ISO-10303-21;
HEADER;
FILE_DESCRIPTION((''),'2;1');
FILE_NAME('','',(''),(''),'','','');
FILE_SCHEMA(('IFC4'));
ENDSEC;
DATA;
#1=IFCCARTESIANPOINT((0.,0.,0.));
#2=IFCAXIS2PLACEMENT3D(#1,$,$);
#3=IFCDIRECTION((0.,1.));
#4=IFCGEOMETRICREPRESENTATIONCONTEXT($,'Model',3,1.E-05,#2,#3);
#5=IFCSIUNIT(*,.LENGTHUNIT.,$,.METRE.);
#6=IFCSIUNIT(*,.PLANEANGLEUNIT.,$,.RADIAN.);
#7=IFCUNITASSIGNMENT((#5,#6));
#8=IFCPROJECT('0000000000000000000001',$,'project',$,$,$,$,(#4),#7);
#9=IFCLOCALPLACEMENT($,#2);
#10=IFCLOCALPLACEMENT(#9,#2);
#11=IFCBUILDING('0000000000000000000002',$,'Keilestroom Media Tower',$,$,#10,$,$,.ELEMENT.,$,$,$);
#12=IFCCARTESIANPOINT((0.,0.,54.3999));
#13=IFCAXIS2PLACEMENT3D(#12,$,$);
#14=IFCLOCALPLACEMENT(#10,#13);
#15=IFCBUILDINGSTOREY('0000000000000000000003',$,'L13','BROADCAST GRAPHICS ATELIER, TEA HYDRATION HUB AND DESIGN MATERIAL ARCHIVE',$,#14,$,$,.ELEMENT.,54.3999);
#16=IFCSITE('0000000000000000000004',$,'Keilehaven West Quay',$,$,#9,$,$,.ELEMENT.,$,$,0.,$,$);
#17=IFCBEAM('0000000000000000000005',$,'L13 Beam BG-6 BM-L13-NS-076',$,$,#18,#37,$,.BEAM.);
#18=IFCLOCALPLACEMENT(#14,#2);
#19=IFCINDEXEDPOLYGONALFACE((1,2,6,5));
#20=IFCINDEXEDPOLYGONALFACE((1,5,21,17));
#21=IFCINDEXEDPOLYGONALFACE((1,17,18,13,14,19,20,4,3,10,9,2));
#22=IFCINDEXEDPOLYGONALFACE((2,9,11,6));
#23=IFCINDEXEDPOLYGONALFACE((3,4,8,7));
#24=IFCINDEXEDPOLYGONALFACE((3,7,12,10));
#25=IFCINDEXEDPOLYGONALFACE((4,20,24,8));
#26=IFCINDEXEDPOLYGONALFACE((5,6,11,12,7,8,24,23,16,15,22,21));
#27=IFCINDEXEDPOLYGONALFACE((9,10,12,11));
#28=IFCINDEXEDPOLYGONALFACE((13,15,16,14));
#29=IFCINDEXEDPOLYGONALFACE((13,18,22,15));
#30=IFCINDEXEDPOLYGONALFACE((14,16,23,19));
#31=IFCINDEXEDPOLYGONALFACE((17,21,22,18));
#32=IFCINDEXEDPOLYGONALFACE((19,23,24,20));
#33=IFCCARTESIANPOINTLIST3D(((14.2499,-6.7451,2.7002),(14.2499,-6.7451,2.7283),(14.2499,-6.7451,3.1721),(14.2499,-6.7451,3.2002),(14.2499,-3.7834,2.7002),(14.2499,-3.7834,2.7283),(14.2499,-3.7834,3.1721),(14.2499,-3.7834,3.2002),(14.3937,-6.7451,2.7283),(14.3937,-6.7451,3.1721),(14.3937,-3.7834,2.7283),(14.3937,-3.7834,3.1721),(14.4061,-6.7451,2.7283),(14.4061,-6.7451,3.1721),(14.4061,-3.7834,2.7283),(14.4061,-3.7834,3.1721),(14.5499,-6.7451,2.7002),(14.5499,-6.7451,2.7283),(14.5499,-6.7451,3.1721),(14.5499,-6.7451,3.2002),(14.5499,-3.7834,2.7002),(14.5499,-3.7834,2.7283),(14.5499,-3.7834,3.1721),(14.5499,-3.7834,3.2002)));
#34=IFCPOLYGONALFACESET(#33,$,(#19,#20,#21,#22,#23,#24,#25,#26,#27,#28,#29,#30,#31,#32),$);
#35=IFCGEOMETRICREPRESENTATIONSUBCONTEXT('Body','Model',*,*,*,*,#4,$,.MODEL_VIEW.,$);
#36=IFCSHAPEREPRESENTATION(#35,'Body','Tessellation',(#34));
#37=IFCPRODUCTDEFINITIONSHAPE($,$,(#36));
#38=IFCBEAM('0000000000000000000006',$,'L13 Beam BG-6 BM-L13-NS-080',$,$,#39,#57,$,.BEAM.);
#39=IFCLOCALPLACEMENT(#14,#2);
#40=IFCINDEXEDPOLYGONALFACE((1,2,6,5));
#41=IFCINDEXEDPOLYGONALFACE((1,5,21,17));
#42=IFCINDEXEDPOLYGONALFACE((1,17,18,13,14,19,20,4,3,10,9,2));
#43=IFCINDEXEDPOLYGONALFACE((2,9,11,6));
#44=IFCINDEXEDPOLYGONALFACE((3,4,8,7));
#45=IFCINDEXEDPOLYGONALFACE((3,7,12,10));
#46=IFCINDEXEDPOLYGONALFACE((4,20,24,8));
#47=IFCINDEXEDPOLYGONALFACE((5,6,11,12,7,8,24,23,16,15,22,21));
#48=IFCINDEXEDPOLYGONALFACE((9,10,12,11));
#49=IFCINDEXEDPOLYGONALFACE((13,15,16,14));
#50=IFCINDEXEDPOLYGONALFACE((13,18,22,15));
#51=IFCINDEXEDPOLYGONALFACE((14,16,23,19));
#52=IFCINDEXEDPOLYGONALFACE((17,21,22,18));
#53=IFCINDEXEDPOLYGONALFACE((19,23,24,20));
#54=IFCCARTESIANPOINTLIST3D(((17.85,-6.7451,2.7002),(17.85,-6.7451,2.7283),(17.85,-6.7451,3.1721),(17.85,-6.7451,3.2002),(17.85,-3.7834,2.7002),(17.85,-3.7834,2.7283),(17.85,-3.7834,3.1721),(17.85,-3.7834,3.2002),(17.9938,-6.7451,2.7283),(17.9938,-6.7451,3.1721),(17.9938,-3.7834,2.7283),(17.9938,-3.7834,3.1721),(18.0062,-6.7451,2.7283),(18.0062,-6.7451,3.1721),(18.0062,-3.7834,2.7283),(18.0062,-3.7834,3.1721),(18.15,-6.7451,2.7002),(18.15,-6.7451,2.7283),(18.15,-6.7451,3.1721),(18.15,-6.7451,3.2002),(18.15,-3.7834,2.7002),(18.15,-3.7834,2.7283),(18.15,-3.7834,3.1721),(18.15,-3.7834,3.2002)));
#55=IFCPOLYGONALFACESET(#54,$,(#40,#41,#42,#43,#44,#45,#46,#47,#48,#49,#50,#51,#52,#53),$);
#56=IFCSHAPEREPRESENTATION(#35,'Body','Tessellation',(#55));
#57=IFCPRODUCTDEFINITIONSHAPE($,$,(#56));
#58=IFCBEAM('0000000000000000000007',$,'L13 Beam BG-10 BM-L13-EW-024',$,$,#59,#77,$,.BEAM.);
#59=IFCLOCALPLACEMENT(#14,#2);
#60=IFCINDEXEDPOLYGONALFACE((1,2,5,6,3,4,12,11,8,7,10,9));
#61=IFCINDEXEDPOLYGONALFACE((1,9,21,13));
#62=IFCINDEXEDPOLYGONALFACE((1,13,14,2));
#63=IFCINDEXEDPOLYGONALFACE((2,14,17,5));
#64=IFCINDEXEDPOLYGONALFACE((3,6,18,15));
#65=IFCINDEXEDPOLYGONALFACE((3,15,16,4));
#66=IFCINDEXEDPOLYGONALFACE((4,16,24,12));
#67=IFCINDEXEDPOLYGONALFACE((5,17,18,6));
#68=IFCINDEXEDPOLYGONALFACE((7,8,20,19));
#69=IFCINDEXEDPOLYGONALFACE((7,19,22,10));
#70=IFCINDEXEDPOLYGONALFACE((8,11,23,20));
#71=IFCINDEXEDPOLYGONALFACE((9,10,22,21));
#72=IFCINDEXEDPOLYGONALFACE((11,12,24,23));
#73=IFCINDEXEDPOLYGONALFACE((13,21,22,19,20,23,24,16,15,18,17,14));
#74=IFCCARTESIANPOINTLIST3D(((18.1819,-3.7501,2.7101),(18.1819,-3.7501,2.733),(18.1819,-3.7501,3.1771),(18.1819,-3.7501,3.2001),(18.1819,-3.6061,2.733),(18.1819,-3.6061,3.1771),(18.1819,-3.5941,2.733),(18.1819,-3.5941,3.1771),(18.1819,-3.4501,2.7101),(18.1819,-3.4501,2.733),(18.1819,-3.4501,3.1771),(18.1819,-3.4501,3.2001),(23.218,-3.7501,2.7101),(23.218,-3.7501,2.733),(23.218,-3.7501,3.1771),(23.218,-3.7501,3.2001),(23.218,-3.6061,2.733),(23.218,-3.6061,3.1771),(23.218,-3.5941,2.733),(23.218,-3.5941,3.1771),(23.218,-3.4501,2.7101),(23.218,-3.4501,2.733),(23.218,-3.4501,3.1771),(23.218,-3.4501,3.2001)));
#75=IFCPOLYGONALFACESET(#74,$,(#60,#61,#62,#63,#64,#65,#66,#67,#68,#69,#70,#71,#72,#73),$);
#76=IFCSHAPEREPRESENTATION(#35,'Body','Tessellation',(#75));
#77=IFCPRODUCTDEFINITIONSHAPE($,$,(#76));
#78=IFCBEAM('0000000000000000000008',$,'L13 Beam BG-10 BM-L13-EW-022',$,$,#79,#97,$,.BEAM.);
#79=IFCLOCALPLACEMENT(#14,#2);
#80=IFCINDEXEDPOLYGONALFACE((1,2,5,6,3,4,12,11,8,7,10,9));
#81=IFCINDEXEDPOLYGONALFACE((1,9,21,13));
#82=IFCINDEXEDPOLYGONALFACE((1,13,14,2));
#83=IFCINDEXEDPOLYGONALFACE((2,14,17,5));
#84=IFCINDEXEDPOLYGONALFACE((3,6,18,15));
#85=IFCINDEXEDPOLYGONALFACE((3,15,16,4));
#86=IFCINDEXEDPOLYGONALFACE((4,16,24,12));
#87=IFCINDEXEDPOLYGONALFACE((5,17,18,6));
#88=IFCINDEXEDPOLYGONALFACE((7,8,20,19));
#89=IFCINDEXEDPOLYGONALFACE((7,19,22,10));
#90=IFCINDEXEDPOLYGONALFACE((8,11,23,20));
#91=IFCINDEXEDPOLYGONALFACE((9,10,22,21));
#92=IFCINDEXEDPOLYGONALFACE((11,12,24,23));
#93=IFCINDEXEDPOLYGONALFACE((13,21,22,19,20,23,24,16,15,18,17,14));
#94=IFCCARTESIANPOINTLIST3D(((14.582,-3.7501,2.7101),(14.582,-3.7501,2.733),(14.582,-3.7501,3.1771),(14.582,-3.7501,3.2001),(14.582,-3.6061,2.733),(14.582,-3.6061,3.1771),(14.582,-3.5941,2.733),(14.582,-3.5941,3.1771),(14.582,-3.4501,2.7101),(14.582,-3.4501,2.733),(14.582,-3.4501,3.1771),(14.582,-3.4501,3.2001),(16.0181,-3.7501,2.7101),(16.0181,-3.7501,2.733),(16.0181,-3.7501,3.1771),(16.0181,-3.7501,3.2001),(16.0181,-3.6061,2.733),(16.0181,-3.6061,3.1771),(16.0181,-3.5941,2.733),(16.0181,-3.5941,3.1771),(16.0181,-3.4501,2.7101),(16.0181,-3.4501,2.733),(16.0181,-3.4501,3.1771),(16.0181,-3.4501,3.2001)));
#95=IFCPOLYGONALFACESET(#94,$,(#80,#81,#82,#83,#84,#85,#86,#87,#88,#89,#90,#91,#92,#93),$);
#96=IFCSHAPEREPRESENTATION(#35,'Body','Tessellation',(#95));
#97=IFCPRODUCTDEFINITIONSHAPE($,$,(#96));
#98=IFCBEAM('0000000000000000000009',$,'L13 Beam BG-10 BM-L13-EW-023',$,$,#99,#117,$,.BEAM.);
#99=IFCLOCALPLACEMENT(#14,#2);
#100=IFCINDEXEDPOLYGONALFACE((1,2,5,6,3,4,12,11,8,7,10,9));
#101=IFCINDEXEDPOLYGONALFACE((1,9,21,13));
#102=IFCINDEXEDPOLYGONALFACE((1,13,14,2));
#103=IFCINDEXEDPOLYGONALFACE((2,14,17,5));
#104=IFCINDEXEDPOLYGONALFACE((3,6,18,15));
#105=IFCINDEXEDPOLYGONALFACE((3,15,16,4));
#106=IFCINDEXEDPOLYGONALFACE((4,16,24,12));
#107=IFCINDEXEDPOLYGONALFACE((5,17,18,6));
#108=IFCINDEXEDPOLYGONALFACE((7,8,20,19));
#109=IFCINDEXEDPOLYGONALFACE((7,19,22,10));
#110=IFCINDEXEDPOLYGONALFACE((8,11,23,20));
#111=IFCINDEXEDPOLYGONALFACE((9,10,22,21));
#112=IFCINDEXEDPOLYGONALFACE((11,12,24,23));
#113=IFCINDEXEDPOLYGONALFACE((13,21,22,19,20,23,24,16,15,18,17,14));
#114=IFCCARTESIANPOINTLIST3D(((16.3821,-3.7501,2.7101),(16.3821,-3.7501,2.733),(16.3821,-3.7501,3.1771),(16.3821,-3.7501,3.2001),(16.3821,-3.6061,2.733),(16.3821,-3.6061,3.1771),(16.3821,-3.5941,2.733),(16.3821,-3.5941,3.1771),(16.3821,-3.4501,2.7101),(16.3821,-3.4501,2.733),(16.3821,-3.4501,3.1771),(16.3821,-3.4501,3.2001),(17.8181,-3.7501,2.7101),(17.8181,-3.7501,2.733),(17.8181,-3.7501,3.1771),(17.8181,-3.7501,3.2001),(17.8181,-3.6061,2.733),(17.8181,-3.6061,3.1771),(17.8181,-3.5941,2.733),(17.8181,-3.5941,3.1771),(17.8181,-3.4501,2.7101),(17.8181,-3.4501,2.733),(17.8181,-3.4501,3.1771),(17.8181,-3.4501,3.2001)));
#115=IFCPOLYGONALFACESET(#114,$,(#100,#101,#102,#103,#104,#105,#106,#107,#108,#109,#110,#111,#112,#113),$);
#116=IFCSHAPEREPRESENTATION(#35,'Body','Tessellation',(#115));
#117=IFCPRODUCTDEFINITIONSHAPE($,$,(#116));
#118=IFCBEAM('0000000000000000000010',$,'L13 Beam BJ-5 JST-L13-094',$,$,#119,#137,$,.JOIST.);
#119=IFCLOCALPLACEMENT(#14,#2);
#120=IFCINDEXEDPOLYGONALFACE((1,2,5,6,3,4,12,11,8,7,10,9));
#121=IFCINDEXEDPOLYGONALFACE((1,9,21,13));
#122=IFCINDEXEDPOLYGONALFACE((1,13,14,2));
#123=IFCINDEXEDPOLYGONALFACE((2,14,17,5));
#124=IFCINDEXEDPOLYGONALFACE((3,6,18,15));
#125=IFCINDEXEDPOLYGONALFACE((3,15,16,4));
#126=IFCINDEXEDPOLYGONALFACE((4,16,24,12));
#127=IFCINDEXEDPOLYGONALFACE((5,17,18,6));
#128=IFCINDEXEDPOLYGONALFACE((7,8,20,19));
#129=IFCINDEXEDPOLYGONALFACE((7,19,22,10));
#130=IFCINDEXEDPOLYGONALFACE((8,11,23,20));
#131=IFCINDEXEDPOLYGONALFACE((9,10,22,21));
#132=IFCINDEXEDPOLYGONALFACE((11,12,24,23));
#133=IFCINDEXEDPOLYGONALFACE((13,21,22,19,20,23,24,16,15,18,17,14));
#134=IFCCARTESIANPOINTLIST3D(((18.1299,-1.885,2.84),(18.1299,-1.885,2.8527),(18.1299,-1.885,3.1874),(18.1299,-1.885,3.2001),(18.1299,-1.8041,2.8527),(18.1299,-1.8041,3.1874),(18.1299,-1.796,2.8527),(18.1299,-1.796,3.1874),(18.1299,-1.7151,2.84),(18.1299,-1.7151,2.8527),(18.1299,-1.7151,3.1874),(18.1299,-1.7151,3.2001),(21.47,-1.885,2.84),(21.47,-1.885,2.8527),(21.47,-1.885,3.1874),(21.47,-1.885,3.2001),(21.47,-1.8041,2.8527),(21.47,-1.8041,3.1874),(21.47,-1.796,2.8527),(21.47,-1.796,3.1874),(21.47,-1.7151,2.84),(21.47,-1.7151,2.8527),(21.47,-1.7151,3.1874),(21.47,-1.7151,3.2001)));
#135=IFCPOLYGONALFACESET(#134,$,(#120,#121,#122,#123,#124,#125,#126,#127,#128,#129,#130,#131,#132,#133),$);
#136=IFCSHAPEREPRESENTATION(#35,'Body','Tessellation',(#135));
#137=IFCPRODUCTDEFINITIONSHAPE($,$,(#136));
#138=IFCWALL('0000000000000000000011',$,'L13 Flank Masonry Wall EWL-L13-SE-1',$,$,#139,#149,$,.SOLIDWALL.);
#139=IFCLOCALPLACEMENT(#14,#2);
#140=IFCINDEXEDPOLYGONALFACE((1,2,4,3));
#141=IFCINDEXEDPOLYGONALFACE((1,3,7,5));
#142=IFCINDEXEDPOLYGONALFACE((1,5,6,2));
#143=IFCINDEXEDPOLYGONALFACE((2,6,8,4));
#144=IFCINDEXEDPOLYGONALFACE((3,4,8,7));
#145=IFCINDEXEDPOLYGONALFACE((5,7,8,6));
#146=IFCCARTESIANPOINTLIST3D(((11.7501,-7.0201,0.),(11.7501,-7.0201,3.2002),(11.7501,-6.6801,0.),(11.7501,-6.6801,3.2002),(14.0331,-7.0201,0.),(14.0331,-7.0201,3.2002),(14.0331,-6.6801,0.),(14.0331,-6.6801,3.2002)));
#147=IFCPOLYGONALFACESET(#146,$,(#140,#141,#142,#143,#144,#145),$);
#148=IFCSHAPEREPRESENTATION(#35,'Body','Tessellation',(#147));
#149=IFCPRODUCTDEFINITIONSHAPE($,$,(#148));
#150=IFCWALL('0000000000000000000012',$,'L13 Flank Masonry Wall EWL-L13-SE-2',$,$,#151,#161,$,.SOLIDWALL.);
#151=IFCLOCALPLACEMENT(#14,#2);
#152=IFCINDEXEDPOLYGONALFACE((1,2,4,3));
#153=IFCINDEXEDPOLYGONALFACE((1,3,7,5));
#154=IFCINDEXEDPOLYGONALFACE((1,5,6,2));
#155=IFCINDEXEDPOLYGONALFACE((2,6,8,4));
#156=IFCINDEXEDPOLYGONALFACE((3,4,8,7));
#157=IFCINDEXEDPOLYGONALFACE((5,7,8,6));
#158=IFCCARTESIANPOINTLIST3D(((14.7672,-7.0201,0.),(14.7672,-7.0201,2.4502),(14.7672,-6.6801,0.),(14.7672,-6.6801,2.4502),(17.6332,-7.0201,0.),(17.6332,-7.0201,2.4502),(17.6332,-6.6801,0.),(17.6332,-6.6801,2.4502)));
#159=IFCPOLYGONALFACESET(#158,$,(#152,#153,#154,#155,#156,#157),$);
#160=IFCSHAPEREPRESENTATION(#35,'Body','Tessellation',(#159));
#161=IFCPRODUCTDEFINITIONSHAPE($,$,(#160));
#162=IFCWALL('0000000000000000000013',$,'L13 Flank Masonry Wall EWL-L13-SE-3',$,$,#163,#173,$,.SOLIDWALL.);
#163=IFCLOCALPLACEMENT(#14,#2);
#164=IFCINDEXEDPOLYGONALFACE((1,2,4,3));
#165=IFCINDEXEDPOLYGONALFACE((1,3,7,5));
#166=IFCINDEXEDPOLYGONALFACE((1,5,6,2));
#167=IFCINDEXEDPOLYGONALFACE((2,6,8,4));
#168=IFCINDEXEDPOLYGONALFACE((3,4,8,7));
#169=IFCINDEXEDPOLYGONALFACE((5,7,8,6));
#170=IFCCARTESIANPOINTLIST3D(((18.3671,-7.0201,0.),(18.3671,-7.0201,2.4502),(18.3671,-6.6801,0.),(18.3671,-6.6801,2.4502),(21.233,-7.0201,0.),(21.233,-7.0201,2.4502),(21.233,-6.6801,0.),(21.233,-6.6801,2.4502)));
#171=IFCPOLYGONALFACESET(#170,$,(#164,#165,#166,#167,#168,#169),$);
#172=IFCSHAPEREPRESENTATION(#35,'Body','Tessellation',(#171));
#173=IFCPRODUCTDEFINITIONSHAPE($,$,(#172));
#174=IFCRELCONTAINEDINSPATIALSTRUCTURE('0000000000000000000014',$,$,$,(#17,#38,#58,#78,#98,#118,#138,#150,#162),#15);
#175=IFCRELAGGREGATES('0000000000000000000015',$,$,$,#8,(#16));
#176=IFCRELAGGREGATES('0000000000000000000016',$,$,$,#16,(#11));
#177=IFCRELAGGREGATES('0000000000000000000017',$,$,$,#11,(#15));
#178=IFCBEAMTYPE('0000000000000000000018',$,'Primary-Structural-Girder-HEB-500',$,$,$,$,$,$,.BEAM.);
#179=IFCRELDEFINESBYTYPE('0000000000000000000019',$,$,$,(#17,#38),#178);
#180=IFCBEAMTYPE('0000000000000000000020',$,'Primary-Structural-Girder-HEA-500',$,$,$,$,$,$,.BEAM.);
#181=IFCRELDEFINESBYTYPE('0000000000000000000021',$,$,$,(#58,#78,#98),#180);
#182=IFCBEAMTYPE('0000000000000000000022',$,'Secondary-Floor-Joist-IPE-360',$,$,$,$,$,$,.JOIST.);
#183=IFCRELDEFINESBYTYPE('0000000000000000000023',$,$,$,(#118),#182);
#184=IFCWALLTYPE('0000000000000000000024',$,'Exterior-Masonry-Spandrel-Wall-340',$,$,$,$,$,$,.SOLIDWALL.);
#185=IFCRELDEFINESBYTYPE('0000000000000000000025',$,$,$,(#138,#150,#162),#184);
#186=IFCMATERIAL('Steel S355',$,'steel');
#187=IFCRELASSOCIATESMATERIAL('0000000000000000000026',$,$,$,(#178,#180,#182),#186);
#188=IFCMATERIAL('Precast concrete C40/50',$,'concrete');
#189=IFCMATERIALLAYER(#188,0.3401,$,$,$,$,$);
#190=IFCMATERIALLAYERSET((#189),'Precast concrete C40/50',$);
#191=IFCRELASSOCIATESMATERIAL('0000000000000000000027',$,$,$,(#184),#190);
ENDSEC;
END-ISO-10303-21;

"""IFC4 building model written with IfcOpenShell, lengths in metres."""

from ifc_helpers import new_model, si_unit, direction, frame, frame_2d, origin, origin_2d, place, context, subcontext, project, spatial, rectangle, i_section, extrude, source, transform, mapped, material, layer, layer_set, material_profile, profile_set, type_object, element, save


model = new_model("IFC4")

# Units and contexts
model_context = context("Model", 3, precision=1e-05, world=origin(), true_north=direction((0.0, 1.0)))
body_context = subcontext(model_context, "Body", "Model", "MODEL_VIEW")
ifc_project = project(units=[si_unit("LENGTHUNIT", "METRE"), si_unit("PLANEANGLEUNIT", "RADIAN")], contexts=[model_context])

# Site, building, storey
site_placement = place(None, origin())
site = spatial("IfcSite", under=ifc_project, at=site_placement, Name="Keilehaven West Quay", CompositionType="ELEMENT", RefElevation=0.0)
building_placement = place(site_placement, origin())
building = spatial("IfcBuilding", under=site, at=building_placement, Name="Keilestroom Media Tower", CompositionType="ELEMENT")
storey_placement = place(building_placement, frame((0.0, 0.0, 54.3999)))
storey = spatial("IfcBuildingStorey", under=building, at=storey_placement, Name="L13", Description="BROADCAST GRAPHICS ATELIER, TEA HYDRATION HUB AND DESIGN MATERIAL ARCHIVE", CompositionType="ELEMENT", Elevation=54.3999)

# Shared definitions
ifc_material_1 = material(Name="Precast concrete C40/50", Category="concrete")

# Beams
ifc_material_2 = material(Name="Steel S355", Category="steel")
ifc_material_profile_1 = material_profile(ifc_material_2, i_section(OverallWidth=0.3, OverallDepth=0.5, WebThickness=0.0125, FlangeThickness=0.0281, at=origin_2d()), Name="HEB 500")
ifc_profile_set_1 = profile_set([ifc_material_profile_1], Name="Steel S355")
beam_type_1 = type_object("IfcBeamType", Name="Primary-Structural-Girder-HEB-500", PredefinedType="BEAM", material=ifc_profile_set_1)
shared_shape_1 = source(origin(), body_context, "Body", "SweptSolid", [
    extrude(i_section(OverallWidth=0.3, OverallDepth=0.5, WebThickness=0.0125, FlangeThickness=0.0281, at=origin_2d()), origin(), (0.0, 0.0, 1.0), 2.9617),
])
for number, where, z_axis, x_axis, name in (
    (1, (14.3999, -6.7451, 2.9502), (0.0, 1.0, 0.0), (-1.0, 0.0, 0.0), "L13 Beam BG-6 BM-L13-NS-076"),
    (2, (18.0, -6.7451, 2.9502), (0.0, 1.0, 0.0), (-1.0, 0.0, 0.0), "L13 Beam BG-6 BM-L13-NS-080"),
):
    element("IfcBeam", number, at=place(storey_placement, frame(where, z_axis=z_axis, x_axis=x_axis)), inside=storey, type_object=beam_type_1, Name=name, PredefinedType="BEAM", context=body_context, shape_type="MappedRepresentation", body=[
        mapped(shared_shape_1, transform((0.0, 0.0, 0.0), x_axis=(1.0, 0.0, 0.0), y_axis=(0.0, 1.0, 0.0), z_axis=(0.0, 0.0, 1.0), scale=1.0)),
    ])
ifc_material_profile_2 = material_profile(ifc_material_2, i_section(OverallWidth=0.3, OverallDepth=0.49, WebThickness=0.012, FlangeThickness=0.0229, at=origin_2d()), Name="HEA 500")
ifc_profile_set_2 = profile_set([ifc_material_profile_2], Name="Steel S355")
beam_type_2 = type_object("IfcBeamType", Name="Primary-Structural-Girder-HEA-500", PredefinedType="BEAM", material=ifc_profile_set_2)
shared_shape_2 = source(origin(), body_context, "Body", "SweptSolid", [
    extrude(i_section(OverallWidth=0.3, OverallDepth=0.49, WebThickness=0.012, FlangeThickness=0.0229, at=origin_2d()), origin(), (0.0, 0.0, 1.0), 5.0361),
])
beam_1_placement = place(storey_placement, frame((18.1819, -3.6001, 2.9551), z_axis=(1.0, 0.0, 0.0), x_axis=(0.0, 1.0, 0.0)))
element("IfcBeam", 3, at=beam_1_placement, inside=storey, type_object=beam_type_2, Name="L13 Beam BG-10 BM-L13-EW-024", PredefinedType="BEAM", context=body_context, shape_type="MappedRepresentation", body=[
    mapped(shared_shape_2, transform((0.0, 0.0, 0.0), x_axis=(1.0, 0.0, 0.0), y_axis=(0.0, 1.0, 0.0), z_axis=(0.0, 0.0, 1.0), scale=1.0)),
])
shared_shape_3 = source(origin(), body_context, "Body", "SweptSolid", [
    extrude(i_section(OverallWidth=0.3, OverallDepth=0.49, WebThickness=0.012, FlangeThickness=0.0229, at=origin_2d()), origin(), (0.0, 0.0, 1.0), 1.436),
])
for number, where, z_axis, x_axis, name in (
    (4, (14.582, -3.6001, 2.9551), (1.0, 0.0, 0.0), (0.0, 1.0, 0.0), "L13 Beam BG-10 BM-L13-EW-022"),
    (5, (16.3821, -3.6001, 2.9551), (1.0, 0.0, 0.0), (0.0, 1.0, 0.0), "L13 Beam BG-10 BM-L13-EW-023"),
):
    element("IfcBeam", number, at=place(storey_placement, frame(where, z_axis=z_axis, x_axis=x_axis)), inside=storey, type_object=beam_type_2, Name=name, PredefinedType="BEAM", context=body_context, shape_type="MappedRepresentation", body=[
        mapped(shared_shape_3, transform((0.0, 0.0, 0.0), x_axis=(1.0, 0.0, 0.0), y_axis=(0.0, 1.0, 0.0), z_axis=(0.0, 0.0, 1.0), scale=1.0)),
    ])
ifc_material_profile_3 = material_profile(ifc_material_2, i_section(OverallWidth=0.1699, OverallDepth=0.3601, WebThickness=0.0081, FlangeThickness=0.0127, at=origin_2d()), Name="IPE 360")
ifc_profile_set_3 = profile_set([ifc_material_profile_3], Name="Steel S355")
beam_type_3 = type_object("IfcBeamType", Name="Secondary-Floor-Joist-IPE-360", PredefinedType="JOIST", material=ifc_profile_set_3)
shared_shape_4 = source(origin(), body_context, "Body", "SweptSolid", [
    extrude(i_section(OverallWidth=0.1699, OverallDepth=0.3601, WebThickness=0.0081, FlangeThickness=0.0127, at=origin_2d()), origin(), (0.0, 0.0, 1.0), 3.3401),
])
beam_2_placement = place(storey_placement, frame((18.1299, -1.8, 3.02), z_axis=(1.0, 0.0, 0.0), x_axis=(0.0, 1.0, 0.0)))
element("IfcBeam", 6, at=beam_2_placement, inside=storey, type_object=beam_type_3, Name="L13 Beam BJ-5 JST-L13-094", PredefinedType="JOIST", context=body_context, shape_type="MappedRepresentation", body=[
    mapped(shared_shape_4, transform((0.0, 0.0, 0.0), x_axis=(1.0, 0.0, 0.0), y_axis=(0.0, 1.0, 0.0), z_axis=(0.0, 0.0, 1.0), scale=1.0)),
])

# Walls
ifc_layer_1 = layer(ifc_material_1, 0.3401)
ifc_layer_set_1 = layer_set([ifc_layer_1], Name="Precast concrete C40/50")
wall_type_1 = type_object("IfcWallType", Name="Exterior-Masonry-Spandrel-Wall-340", PredefinedType="SOLIDWALL", material=ifc_layer_set_1)
wall_1_placement = place(storey_placement, frame((11.75, -6.8501, 0.0), z_axis=(0.0, 0.0, 1.0), x_axis=(1.0, 0.0, 0.0)))
element("IfcWall", 7, at=wall_1_placement, inside=storey, type_object=wall_type_1, Name="L13 Flank Masonry Wall EWL-L13-SE-1", PredefinedType="SOLIDWALL", context=body_context, shape_type="SweptSolid", body=[
    extrude(rectangle(XDim=2.283, YDim=0.3401, at=frame_2d((1.1416, 0.0))), origin(), (0.0, 0.0, 1.0), 3.2002),
])
for number, where, z_axis, x_axis, name in (
    (8, (14.7671, -6.8501, 0.0), (0.0, 0.0, 1.0), (1.0, 0.0, 0.0), "L13 Flank Masonry Wall EWL-L13-SE-2"),
    (9, (18.3669, -6.8501, 0.0), (0.0, 0.0, 1.0), (1.0, 0.0, 0.0), "L13 Flank Masonry Wall EWL-L13-SE-3"),
):
    element("IfcWall", number, at=place(storey_placement, frame(where, z_axis=z_axis, x_axis=x_axis)), inside=storey, type_object=wall_type_1, Name=name, PredefinedType="SOLIDWALL", context=body_context, shape_type="SweptSolid", body=[
        extrude(rectangle(XDim=2.866, YDim=0.3401, at=frame_2d((1.4331, 0.0))), origin(), (0.0, 0.0, 1.0), 2.4502),
    ])

save(model, "model.ifc")
